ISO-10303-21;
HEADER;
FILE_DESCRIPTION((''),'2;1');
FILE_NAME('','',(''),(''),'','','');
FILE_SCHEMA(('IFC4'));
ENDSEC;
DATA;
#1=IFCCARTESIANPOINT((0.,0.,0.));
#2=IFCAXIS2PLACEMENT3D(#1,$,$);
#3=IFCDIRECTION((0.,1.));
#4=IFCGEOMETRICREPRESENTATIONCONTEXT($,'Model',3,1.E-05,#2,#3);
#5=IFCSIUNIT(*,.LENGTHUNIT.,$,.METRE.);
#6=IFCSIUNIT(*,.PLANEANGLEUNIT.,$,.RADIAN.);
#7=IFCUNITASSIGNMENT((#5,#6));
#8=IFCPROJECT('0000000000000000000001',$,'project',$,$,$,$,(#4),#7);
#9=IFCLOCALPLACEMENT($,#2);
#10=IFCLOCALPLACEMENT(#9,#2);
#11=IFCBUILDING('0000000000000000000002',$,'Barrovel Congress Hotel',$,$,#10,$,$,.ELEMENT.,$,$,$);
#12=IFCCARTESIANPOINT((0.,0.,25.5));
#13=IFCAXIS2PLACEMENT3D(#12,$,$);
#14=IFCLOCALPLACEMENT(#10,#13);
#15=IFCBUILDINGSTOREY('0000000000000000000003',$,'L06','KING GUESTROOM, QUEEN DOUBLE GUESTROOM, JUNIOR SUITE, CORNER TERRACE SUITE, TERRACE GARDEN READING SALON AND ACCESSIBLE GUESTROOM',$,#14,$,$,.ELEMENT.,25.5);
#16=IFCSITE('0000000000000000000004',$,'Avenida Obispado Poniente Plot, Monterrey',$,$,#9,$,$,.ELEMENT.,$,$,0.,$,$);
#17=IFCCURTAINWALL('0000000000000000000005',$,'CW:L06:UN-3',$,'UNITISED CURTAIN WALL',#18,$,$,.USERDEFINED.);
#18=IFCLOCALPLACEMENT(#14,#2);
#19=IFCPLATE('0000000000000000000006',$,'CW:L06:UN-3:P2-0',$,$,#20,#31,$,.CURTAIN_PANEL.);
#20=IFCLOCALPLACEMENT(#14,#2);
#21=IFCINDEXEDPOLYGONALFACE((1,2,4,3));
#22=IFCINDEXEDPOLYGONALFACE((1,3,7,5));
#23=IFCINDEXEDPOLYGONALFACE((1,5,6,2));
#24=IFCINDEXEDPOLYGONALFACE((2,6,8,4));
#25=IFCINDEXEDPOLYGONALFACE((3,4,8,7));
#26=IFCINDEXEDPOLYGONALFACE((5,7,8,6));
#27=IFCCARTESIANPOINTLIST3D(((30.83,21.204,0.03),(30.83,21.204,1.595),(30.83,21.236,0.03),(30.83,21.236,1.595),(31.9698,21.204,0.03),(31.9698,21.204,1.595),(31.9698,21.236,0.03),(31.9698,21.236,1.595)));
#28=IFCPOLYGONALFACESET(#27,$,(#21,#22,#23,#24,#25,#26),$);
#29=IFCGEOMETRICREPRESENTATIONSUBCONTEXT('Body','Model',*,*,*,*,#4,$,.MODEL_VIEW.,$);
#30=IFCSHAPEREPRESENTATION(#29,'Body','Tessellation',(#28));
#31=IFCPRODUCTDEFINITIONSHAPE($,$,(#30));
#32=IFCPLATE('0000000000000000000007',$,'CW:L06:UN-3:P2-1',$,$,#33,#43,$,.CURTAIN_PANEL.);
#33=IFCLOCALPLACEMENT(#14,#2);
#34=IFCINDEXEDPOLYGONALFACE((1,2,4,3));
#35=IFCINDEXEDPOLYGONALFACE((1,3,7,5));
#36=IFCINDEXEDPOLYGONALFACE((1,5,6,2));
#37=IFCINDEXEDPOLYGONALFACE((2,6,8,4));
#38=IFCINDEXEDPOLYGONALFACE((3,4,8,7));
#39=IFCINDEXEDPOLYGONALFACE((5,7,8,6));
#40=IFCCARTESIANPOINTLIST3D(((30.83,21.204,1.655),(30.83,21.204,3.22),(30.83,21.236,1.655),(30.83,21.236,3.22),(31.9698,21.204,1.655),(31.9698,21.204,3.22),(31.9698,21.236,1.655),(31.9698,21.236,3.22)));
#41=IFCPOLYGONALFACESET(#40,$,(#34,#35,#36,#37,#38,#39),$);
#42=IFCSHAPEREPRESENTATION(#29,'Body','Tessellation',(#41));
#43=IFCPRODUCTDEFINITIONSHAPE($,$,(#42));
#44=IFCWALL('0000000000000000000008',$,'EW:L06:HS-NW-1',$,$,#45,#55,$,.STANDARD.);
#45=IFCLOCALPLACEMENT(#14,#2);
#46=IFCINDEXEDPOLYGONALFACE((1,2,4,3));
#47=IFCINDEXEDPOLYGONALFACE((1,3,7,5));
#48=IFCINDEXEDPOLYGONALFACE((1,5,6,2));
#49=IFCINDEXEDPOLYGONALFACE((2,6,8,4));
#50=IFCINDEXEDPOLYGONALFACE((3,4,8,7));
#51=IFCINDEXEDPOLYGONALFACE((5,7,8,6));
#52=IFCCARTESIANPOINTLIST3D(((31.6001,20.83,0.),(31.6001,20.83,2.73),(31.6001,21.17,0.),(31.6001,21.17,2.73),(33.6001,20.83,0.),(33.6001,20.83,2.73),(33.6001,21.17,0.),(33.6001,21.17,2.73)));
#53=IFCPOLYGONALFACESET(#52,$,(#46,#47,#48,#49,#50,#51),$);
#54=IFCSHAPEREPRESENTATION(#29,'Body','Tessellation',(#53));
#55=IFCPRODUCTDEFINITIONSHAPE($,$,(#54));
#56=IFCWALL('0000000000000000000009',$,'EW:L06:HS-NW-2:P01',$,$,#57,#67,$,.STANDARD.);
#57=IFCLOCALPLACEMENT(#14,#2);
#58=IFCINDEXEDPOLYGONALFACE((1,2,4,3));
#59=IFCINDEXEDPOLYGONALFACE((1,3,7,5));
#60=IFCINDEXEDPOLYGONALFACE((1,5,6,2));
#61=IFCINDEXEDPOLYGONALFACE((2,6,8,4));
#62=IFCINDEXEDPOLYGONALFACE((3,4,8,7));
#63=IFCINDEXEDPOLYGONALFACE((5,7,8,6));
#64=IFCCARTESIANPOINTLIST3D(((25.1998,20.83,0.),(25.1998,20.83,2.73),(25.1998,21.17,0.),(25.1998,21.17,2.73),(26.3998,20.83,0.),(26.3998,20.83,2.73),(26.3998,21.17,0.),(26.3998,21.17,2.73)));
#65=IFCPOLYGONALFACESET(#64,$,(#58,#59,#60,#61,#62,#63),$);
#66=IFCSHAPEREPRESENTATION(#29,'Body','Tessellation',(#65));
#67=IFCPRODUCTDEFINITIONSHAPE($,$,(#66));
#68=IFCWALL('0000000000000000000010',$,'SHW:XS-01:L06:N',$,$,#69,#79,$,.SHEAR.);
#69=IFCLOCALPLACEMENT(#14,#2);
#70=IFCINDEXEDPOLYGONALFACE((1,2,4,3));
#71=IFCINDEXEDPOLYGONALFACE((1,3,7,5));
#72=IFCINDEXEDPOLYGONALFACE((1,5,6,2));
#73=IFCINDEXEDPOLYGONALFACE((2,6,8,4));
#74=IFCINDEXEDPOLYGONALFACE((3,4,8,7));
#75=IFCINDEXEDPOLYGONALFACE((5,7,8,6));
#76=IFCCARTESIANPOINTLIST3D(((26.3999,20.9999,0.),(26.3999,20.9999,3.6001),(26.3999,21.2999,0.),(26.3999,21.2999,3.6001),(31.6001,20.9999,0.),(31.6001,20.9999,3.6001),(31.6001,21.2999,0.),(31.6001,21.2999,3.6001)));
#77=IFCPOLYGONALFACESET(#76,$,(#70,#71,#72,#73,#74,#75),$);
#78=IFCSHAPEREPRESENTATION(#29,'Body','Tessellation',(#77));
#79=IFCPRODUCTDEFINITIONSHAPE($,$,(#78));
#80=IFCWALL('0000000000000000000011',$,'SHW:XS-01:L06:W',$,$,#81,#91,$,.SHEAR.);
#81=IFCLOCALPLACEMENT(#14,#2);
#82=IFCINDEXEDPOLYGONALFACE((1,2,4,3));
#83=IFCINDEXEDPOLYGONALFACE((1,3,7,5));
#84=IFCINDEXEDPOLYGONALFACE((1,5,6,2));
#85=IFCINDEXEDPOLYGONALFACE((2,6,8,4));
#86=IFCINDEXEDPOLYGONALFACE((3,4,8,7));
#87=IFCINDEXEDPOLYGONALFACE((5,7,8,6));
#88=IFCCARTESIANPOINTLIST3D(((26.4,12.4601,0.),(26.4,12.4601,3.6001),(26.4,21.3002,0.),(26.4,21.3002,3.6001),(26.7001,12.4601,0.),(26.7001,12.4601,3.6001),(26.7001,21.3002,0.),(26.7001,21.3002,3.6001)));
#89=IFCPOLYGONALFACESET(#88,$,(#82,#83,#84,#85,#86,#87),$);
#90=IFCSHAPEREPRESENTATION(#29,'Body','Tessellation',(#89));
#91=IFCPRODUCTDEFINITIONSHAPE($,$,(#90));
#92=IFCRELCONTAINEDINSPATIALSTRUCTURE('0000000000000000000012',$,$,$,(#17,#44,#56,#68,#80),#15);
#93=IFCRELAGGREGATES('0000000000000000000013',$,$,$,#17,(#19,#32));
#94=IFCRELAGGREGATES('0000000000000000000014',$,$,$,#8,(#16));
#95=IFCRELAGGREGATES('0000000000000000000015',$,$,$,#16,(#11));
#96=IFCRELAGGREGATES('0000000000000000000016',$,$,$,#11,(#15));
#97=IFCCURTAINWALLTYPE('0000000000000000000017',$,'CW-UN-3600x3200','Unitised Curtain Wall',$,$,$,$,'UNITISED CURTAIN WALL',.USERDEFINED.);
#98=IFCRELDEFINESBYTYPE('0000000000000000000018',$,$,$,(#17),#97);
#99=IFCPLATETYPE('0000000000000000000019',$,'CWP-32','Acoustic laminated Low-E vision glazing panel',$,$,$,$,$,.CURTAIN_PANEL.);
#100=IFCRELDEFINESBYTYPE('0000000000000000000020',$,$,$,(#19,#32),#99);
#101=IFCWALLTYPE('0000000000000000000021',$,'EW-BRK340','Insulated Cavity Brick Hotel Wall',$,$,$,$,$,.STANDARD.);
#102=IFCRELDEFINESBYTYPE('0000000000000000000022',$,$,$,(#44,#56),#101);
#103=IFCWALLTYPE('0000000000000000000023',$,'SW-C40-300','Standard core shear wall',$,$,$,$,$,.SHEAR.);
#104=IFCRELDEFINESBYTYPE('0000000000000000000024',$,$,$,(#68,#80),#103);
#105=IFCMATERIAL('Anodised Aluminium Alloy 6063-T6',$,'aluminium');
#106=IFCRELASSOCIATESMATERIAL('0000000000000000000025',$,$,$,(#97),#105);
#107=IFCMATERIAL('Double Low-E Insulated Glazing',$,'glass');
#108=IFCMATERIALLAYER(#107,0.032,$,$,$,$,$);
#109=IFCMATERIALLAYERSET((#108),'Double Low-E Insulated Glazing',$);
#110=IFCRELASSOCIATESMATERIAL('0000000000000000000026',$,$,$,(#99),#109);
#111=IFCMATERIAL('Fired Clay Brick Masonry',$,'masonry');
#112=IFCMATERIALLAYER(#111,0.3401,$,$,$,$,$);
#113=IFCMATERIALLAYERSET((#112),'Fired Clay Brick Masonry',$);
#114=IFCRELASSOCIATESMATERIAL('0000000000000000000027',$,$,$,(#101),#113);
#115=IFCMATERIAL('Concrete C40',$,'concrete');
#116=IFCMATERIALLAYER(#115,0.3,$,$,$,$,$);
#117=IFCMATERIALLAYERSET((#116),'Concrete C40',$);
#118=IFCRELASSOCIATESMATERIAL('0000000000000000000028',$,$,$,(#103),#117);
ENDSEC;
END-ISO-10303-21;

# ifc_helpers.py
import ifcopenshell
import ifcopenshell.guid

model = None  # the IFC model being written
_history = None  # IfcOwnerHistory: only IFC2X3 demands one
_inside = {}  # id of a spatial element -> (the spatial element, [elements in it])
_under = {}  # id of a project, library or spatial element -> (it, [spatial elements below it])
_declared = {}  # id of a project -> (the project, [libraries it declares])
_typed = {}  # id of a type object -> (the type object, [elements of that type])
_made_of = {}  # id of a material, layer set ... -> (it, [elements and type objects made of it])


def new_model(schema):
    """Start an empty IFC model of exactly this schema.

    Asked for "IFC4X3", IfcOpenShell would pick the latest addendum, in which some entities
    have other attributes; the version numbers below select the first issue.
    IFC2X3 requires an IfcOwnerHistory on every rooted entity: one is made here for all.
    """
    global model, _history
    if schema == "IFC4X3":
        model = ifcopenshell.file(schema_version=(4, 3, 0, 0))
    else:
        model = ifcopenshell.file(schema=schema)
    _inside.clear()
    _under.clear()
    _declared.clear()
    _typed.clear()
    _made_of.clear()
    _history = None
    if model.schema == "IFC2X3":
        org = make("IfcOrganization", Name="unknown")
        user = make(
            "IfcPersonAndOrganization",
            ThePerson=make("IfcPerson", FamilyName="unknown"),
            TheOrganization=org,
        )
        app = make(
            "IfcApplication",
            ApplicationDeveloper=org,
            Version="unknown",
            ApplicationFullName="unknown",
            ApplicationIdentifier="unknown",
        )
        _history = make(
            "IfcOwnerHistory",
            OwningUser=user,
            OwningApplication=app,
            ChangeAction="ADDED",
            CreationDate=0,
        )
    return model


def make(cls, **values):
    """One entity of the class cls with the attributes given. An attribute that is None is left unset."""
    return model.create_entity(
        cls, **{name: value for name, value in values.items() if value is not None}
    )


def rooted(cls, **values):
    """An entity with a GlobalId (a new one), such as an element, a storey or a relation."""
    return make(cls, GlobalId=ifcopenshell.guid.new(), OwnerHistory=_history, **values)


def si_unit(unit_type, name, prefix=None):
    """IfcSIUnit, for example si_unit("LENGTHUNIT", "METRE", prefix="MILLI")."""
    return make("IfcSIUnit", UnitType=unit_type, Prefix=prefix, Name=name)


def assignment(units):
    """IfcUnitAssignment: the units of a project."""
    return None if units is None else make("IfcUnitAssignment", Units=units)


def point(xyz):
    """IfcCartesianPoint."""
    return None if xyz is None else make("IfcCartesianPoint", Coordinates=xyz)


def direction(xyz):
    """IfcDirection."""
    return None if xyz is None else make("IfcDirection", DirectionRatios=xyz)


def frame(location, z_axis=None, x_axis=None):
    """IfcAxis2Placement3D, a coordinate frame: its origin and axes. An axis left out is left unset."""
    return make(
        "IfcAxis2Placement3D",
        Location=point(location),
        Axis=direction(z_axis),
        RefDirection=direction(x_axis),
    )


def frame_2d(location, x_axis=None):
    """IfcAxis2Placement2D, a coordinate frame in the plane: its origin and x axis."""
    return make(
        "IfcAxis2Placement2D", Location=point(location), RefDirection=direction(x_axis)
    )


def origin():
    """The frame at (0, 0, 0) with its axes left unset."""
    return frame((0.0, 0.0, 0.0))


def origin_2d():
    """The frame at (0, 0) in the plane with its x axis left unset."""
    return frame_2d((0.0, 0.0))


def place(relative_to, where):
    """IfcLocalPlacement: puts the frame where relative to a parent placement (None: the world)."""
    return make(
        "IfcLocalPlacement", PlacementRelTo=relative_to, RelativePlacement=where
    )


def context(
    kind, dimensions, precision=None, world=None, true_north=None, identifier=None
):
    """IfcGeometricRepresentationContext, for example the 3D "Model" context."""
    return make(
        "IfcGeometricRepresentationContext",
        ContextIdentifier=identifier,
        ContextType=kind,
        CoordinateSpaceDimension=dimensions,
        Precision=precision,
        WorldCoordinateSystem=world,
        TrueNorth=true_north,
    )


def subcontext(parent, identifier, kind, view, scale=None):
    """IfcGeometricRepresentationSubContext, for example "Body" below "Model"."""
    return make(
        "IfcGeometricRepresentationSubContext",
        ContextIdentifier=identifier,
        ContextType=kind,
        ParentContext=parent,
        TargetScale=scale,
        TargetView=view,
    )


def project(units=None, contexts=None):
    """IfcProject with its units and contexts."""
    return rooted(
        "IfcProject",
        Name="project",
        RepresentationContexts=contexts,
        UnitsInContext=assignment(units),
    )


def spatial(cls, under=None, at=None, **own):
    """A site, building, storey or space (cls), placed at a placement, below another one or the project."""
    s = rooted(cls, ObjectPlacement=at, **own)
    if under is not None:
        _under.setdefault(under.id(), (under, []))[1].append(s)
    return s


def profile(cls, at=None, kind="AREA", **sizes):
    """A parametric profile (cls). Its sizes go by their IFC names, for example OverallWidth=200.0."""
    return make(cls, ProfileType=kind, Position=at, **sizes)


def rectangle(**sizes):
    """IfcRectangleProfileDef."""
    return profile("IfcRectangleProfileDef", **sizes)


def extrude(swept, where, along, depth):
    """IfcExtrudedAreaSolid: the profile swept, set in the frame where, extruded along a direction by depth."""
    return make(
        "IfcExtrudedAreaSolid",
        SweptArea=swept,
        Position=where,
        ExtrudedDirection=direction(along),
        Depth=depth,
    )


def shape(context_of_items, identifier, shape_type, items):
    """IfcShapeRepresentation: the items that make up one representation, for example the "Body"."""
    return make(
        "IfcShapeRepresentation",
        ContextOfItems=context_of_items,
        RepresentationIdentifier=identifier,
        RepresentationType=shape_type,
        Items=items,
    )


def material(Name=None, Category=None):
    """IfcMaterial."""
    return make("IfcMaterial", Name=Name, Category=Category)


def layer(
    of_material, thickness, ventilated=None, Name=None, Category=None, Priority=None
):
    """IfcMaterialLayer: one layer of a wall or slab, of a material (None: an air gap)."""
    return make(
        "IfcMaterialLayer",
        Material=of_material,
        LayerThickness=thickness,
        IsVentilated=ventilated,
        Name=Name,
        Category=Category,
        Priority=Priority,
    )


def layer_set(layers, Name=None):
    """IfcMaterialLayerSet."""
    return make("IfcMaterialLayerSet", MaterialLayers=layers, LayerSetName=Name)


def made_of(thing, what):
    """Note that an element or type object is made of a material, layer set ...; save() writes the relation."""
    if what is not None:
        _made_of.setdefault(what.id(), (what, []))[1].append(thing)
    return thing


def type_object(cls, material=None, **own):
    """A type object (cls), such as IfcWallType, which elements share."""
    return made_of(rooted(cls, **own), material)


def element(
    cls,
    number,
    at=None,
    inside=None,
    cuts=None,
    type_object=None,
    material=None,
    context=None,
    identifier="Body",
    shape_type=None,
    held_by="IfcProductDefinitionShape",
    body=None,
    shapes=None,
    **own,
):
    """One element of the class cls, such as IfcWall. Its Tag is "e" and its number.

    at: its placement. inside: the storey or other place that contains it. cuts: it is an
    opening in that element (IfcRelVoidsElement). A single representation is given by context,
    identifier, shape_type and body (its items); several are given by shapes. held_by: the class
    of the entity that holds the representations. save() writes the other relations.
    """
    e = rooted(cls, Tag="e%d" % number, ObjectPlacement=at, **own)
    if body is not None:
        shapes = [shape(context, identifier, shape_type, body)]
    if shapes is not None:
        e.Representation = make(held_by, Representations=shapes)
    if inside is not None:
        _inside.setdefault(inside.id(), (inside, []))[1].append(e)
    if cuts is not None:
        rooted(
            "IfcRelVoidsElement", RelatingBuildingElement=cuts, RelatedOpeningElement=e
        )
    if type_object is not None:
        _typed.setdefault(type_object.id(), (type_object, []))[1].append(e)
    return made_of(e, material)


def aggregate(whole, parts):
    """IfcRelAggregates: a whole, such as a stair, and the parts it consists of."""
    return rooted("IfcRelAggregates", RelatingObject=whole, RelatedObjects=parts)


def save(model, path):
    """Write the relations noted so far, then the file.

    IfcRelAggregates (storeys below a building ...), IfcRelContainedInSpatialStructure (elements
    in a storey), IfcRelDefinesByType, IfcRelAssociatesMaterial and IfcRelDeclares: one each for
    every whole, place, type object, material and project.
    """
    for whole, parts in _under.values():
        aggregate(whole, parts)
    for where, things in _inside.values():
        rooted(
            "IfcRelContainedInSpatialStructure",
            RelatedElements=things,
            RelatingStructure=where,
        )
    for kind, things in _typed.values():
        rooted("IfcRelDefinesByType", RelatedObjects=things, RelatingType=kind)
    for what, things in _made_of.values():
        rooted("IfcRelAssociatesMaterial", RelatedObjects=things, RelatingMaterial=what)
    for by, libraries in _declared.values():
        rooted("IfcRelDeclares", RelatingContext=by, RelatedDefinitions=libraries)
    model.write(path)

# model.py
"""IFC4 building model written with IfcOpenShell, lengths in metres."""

from ifc_helpers import new_model, si_unit, direction, frame, frame_2d, origin, origin_2d, place, context, subcontext, project, spatial, rectangle, extrude, material, layer, layer_set, type_object, element, aggregate, save


model = new_model("IFC4")

# Units and contexts
model_context = context("Model", 3, precision=1e-05, world=origin(), true_north=direction((0.0, 1.0)))
body_context = subcontext(model_context, "Body", "Model", "MODEL_VIEW")
ifc_project = project(units=[si_unit("LENGTHUNIT", "METRE"), si_unit("PLANEANGLEUNIT", "RADIAN")], contexts=[model_context])

# Site, building, storey
site_placement = place(None, origin())
site = spatial("IfcSite", under=ifc_project, at=site_placement, Name="Avenida Obispado Poniente Plot, Monterrey", CompositionType="ELEMENT", RefElevation=0.0)
building_placement = place(site_placement, origin())
building = spatial("IfcBuilding", under=site, at=building_placement, Name="Barrovel Congress Hotel", CompositionType="ELEMENT")
storey_placement = place(building_placement, frame((0.0, 0.0, 25.5)))
storey = spatial("IfcBuildingStorey", under=building, at=storey_placement, Name="L06", Description="KING GUESTROOM, QUEEN DOUBLE GUESTROOM, JUNIOR SUITE, CORNER TERRACE SUITE, TERRACE GARDEN READING SALON AND ACCESSIBLE GUESTROOM", CompositionType="ELEMENT", Elevation=25.5)

# Shared definitions
ifc_material_1 = material(Name="Concrete C40", Category="concrete")

# Curtain wall, plates
ifc_material_2 = material(Name="Anodised Aluminium Alloy 6063-T6", Category="aluminium")
curtain_wall_type = type_object("IfcCurtainWallType", Name="CW-UN-3600x3200", Description="Unitised Curtain Wall", ElementType="UNITISED CURTAIN WALL", PredefinedType="USERDEFINED", material=ifc_material_2)
curtain_wall_placement = place(storey_placement, origin())
curtain_wall = element("IfcCurtainWall", 1, at=curtain_wall_placement, inside=storey, type_object=curtain_wall_type, Name="CW:L06:UN-3", ObjectType="UNITISED CURTAIN WALL", PredefinedType="USERDEFINED")
ifc_material_3 = material(Name="Double Low-E Insulated Glazing", Category="glass")
ifc_layer_1 = layer(ifc_material_3, 0.032)
ifc_layer_set_1 = layer_set([ifc_layer_1], Name="Double Low-E Insulated Glazing")
plate_type = type_object("IfcPlateType", Name="CWP-32", Description="Acoustic laminated Low-E vision glazing panel", PredefinedType="CURTAIN_PANEL", material=ifc_layer_set_1)
plate_1_placement = place(storey_placement, frame((31.3999, 21.22, 0.03), z_axis=(0.0, 0.0, 1.0), x_axis=(1.0, 0.0, 0.0)))
plate_1 = element("IfcPlate", 2, at=plate_1_placement, type_object=plate_type, Name="CW:L06:UN-3:P2-0", PredefinedType="CURTAIN_PANEL", context=body_context, shape_type="SweptSolid", body=[
    extrude(rectangle(XDim=1.1399, YDim=0.032, at=origin_2d()), origin(), (0.0, 0.0, 1.0), 1.5649),
])
plate_2_placement = place(storey_placement, frame((31.3999, 21.22, 1.655), z_axis=(0.0, 0.0, 1.0), x_axis=(1.0, 0.0, 0.0)))
plate_2 = element("IfcPlate", 3, at=plate_2_placement, type_object=plate_type, Name="CW:L06:UN-3:P2-1", PredefinedType="CURTAIN_PANEL", context=body_context, shape_type="SweptSolid", body=[
    extrude(rectangle(XDim=1.1399, YDim=0.032, at=origin_2d()), origin(), (0.0, 0.0, 1.0), 1.5649),
])
aggregate(curtain_wall, [plate_1, plate_2])

# Walls
ifc_material_4 = material(Name="Fired Clay Brick Masonry", Category="masonry")
ifc_layer_2 = layer(ifc_material_4, 0.3401)
ifc_layer_set_2 = layer_set([ifc_layer_2], Name="Fired Clay Brick Masonry")
wall_type_1 = type_object("IfcWallType", Name="EW-BRK340", Description="Insulated Cavity Brick Hotel Wall", PredefinedType="STANDARD", material=ifc_layer_set_2)
wall_1_placement = place(storey_placement, frame((33.6001, 21.0, 0.0), z_axis=(0.0, 0.0, 1.0), x_axis=(-1.0, 0.0, 0.0)))
element("IfcWall", 4, at=wall_1_placement, inside=storey, type_object=wall_type_1, Name="EW:L06:HS-NW-1", PredefinedType="STANDARD", context=body_context, shape_type="SweptSolid", body=[
    extrude(rectangle(XDim=2.0, YDim=0.3401, at=frame_2d((1.0, 0.0))), origin(), (0.0, 0.0, 1.0), 2.73),
])
wall_2_placement = place(storey_placement, frame((26.3999, 21.0, 0.0), z_axis=(0.0, 0.0, 1.0), x_axis=(-1.0, 0.0, 0.0)))
element("IfcWall", 5, at=wall_2_placement, inside=storey, type_object=wall_type_1, Name="EW:L06:HS-NW-2:P01", PredefinedType="STANDARD", context=body_context, shape_type="SweptSolid", body=[
    extrude(rectangle(XDim=1.2, YDim=0.3401, at=frame_2d((0.6001, 0.0))), origin(), (0.0, 0.0, 1.0), 2.73),
])
ifc_layer_3 = layer(ifc_material_1, 0.3)
ifc_layer_set_3 = layer_set([ifc_layer_3], Name="Concrete C40")
wall_type_2 = type_object("IfcWallType", Name="SW-C40-300", Description="Standard core shear wall", PredefinedType="SHEAR", material=ifc_layer_set_3)
wall_3_placement = place(storey_placement, frame((31.6001, 21.1499, 0.0), z_axis=(0.0, 0.0, 1.0), x_axis=(-1.0, 0.0, 0.0)))
element("IfcWall", 6, at=wall_3_placement, inside=storey, type_object=wall_type_2, Name="SHW:XS-01:L06:N", PredefinedType="SHEAR", context=body_context, shape_type="SweptSolid", body=[
    extrude(rectangle(XDim=5.2002, YDim=0.3, at=frame_2d((2.6001, 0.0))), origin(), (0.0, 0.0, 1.0), 3.6001),
])
wall_4_placement = place(storey_placement, frame((26.55, 21.3, 0.0), z_axis=(0.0, 0.0, 1.0), x_axis=(0.0, -1.0, 0.0)))
element("IfcWall", 7, at=wall_4_placement, inside=storey, type_object=wall_type_2, Name="SHW:XS-01:L06:W", PredefinedType="SHEAR", context=body_context, shape_type="SweptSolid", body=[
    extrude(rectangle(XDim=8.8401, YDim=0.3, at=frame_2d((4.4199, 0.0))), origin(), (0.0, 0.0, 1.0), 3.6001),
])

save(model, "model.ifc")
